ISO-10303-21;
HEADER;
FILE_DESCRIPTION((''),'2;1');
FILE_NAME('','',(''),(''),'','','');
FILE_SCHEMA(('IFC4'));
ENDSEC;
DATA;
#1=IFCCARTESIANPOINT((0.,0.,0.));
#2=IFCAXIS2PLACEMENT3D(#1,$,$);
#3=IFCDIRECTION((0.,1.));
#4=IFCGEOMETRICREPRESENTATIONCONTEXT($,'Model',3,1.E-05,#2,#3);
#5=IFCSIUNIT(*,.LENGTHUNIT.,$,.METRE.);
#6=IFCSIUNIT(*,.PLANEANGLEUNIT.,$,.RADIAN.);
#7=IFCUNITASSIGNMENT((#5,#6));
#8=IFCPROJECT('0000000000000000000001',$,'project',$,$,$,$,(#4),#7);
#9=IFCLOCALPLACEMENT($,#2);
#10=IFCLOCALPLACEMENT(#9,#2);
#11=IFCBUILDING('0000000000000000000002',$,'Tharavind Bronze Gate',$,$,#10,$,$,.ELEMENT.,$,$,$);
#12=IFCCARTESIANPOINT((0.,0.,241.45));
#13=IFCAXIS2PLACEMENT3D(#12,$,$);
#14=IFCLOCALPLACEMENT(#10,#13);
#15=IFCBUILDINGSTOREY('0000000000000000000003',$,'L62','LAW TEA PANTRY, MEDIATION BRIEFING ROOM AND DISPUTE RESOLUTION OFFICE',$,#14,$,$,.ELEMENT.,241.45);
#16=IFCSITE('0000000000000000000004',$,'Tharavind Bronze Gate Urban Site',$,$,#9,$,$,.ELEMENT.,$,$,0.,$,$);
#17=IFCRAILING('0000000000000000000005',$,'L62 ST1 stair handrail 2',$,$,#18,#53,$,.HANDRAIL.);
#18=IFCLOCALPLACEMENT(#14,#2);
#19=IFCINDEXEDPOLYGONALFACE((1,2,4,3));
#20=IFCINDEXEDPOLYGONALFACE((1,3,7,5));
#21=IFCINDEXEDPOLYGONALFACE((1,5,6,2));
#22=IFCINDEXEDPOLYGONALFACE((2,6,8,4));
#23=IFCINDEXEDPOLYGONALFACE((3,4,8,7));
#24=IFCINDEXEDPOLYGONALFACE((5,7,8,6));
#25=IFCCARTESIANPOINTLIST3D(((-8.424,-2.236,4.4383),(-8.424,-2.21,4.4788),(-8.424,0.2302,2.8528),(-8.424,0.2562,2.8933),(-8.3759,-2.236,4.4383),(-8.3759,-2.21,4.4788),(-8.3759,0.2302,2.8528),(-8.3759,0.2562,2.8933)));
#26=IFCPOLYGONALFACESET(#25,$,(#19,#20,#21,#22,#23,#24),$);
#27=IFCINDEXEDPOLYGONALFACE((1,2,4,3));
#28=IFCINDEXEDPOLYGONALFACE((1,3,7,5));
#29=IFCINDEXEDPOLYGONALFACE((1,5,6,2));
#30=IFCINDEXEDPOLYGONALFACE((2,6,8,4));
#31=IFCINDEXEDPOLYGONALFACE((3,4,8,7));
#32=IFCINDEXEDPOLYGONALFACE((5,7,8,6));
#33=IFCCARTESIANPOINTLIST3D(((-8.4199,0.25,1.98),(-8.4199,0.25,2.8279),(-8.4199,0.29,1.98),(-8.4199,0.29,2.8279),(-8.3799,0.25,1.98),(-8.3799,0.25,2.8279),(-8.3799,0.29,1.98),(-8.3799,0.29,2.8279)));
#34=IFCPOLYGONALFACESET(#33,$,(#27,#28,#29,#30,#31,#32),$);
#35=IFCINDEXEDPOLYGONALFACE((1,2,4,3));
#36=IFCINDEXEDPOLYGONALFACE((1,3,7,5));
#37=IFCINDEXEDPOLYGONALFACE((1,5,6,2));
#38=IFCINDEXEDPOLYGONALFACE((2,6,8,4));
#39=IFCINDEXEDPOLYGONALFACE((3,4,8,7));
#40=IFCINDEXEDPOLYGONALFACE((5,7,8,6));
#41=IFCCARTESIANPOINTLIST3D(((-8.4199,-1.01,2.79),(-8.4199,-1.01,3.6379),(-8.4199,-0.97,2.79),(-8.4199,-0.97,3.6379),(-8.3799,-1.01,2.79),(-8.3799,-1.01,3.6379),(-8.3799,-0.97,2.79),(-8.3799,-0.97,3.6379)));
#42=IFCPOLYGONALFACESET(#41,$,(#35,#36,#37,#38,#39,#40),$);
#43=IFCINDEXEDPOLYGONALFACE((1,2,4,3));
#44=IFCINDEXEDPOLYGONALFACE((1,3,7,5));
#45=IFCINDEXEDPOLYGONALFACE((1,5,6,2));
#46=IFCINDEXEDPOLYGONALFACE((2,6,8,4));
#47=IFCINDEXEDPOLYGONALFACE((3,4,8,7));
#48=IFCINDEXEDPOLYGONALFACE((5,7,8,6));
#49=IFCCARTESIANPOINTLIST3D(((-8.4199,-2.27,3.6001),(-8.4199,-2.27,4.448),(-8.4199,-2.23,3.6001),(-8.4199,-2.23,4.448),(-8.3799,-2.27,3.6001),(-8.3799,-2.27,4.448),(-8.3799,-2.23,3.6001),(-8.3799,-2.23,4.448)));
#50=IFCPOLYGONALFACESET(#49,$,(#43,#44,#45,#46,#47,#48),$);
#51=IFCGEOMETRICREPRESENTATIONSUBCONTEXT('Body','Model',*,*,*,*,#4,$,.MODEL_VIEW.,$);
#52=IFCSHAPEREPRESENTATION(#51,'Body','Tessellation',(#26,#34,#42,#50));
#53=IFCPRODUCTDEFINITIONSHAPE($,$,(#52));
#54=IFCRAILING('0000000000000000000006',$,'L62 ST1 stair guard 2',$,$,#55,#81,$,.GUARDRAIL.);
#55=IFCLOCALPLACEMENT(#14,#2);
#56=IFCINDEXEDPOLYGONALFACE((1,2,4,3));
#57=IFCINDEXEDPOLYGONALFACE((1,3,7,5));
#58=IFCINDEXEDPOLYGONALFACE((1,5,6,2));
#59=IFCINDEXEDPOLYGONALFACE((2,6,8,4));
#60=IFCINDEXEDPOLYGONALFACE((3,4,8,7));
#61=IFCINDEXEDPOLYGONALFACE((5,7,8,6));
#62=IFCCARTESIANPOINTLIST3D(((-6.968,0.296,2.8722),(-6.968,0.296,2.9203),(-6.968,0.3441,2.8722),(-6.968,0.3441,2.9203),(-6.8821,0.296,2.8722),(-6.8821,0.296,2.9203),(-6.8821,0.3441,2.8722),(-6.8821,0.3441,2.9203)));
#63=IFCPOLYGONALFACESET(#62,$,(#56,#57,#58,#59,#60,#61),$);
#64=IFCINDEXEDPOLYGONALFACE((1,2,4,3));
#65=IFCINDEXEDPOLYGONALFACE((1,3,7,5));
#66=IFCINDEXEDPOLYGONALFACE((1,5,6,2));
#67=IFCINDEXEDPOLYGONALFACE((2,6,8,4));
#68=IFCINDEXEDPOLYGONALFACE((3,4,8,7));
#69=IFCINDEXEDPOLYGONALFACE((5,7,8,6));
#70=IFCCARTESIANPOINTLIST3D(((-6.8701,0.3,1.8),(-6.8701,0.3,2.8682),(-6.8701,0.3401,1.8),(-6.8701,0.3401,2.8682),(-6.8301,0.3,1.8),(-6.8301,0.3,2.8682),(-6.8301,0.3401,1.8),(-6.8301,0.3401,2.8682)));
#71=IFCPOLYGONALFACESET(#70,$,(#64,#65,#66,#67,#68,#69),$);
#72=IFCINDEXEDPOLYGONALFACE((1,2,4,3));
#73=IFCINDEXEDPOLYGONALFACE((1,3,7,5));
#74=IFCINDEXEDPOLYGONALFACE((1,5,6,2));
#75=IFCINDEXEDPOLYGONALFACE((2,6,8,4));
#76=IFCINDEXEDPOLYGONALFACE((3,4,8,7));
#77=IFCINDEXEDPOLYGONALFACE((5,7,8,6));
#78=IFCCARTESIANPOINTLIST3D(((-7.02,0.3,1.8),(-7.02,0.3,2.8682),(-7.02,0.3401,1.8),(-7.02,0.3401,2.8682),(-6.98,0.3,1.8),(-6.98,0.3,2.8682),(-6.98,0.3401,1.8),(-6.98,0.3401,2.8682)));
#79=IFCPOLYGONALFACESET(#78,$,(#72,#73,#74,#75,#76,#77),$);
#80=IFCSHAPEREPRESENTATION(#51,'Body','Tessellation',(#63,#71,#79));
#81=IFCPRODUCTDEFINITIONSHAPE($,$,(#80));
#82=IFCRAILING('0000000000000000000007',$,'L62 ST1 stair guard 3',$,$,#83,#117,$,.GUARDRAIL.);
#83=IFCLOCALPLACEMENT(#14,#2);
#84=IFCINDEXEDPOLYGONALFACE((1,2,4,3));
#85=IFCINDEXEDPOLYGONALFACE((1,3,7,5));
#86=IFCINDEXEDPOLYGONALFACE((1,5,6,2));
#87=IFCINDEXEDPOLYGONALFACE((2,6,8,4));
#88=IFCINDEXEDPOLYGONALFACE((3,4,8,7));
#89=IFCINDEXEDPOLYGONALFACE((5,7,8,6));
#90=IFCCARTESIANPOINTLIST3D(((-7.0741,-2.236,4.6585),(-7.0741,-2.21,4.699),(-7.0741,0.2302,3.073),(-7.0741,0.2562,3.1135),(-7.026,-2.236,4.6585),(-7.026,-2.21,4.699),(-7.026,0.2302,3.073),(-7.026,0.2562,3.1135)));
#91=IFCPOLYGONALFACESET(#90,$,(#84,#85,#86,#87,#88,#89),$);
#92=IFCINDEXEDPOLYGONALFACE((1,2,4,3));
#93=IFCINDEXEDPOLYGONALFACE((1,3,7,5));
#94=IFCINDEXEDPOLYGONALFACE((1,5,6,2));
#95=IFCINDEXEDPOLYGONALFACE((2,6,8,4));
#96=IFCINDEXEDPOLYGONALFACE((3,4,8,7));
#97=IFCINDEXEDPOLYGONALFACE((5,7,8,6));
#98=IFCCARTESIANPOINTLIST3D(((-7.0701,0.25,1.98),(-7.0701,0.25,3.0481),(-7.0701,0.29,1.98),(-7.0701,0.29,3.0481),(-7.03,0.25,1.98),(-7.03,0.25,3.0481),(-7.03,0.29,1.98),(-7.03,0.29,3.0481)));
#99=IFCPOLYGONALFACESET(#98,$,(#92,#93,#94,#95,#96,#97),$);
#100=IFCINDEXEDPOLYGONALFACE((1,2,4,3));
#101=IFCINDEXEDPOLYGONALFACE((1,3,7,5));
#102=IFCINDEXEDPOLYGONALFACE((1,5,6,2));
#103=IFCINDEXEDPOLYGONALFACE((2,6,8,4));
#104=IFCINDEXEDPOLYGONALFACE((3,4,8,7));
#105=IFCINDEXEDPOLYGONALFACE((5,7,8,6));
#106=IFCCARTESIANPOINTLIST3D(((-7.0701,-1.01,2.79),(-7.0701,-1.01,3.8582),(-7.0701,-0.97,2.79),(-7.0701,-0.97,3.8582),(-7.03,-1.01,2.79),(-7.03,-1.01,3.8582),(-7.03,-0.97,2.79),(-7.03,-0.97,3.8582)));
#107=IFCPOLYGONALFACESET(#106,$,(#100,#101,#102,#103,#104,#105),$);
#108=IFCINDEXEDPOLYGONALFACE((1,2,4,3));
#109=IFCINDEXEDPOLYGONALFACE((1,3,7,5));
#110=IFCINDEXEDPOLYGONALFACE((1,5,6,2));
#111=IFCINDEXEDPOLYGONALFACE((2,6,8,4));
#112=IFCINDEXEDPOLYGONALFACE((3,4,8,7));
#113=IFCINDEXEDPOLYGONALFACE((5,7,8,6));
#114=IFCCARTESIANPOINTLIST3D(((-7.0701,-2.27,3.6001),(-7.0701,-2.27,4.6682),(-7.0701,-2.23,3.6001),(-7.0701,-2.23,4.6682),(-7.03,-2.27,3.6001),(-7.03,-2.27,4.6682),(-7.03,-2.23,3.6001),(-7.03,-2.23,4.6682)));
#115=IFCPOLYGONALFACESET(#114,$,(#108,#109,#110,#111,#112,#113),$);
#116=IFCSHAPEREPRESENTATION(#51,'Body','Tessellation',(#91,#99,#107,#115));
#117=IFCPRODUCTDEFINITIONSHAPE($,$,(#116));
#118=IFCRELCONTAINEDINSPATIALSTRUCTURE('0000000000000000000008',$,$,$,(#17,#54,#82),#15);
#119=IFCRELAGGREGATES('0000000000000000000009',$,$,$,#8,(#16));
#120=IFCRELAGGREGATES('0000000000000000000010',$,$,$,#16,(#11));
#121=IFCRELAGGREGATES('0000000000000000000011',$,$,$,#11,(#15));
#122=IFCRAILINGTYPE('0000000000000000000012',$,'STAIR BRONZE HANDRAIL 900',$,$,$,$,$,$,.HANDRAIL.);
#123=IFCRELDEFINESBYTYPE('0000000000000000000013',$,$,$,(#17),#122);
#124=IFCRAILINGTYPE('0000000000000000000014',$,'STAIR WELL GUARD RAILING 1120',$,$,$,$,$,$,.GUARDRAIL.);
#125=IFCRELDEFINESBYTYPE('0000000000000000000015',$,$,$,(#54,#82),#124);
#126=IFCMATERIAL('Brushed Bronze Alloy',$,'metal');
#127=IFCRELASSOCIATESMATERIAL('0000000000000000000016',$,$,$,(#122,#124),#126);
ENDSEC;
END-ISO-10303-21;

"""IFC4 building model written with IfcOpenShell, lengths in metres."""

from ifc_helpers import new_model, si_unit, direction, frame, origin, origin_2d, place, context, subcontext, project, spatial, rectangle, extrude, material, type_object, element, save


model = new_model("IFC4")

# Units and contexts
model_context = context("Model", 3, precision=1e-05, world=origin(), true_north=direction((0.0, 1.0)))
body_context = subcontext(model_context, "Body", "Model", "MODEL_VIEW")
ifc_project = project(units=[si_unit("LENGTHUNIT", "METRE"), si_unit("PLANEANGLEUNIT", "RADIAN")], contexts=[model_context])

# Site, building, storey
site_placement = place(None, origin())
site = spatial("IfcSite", under=ifc_project, at=site_placement, Name="Tharavind Bronze Gate Urban Site", CompositionType="ELEMENT", RefElevation=0.0)
building_placement = place(site_placement, origin())
building = spatial("IfcBuilding", under=site, at=building_placement, Name="Tharavind Bronze Gate", CompositionType="ELEMENT")
storey_placement = place(building_placement, frame((0.0, 0.0, 241.45)))
storey = spatial("IfcBuildingStorey", under=building, at=storey_placement, Name="L62", Description="LAW TEA PANTRY, MEDIATION BRIEFING ROOM AND DISPUTE RESOLUTION OFFICE", CompositionType="ELEMENT", Elevation=241.45)

# Railings
ifc_material_1 = material(Name="Brushed Bronze Alloy", Category="metal")
railing_type_1 = type_object("IfcRailingType", Name="STAIR BRONZE HANDRAIL 900", PredefinedType="HANDRAIL", material=ifc_material_1)
railing_1_placement = place(storey_placement, frame((-8.3999, 0.27, 1.98)))
element("IfcRailing", 1, at=railing_1_placement, inside=storey, type_object=railing_type_1, Name="L62 ST1 stair handrail 2", PredefinedType="HANDRAIL", context=body_context, shape_type="SweptSolid", body=[
    extrude(rectangle(XDim=0.0481, YDim=0.0481, at=origin_2d()), frame((0.0, -0.0269, 0.8931), z_axis=(0.0, -0.841163, 0.540782), x_axis=(1.0, 0.0, 0.0)), (0.0, 0.0, 1.0), 2.9319),
    extrude(rectangle(XDim=0.04, YDim=0.04, at=origin_2d()), origin(), (0.0, 0.0, 1.0), 0.8479),
    extrude(rectangle(XDim=0.04, YDim=0.04, at=origin_2d()), frame((0.0, -1.26, 0.8101)), (0.0, 0.0, 1.0), 0.8479),
    extrude(rectangle(XDim=0.04, YDim=0.04, at=origin_2d()), frame((0.0, -2.52, 1.6201)), (0.0, 0.0, 1.0), 0.8479),
])
railing_type_2 = type_object("IfcRailingType", Name="STAIR WELL GUARD RAILING 1120", PredefinedType="GUARDRAIL", material=ifc_material_1)
railing_2_placement = place(storey_placement, frame((-6.8501, 0.3201, 1.8)))
element("IfcRailing", 2, at=railing_2_placement, inside=storey, type_object=railing_type_2, Name="L62 ST1 stair guard 2", PredefinedType="GUARDRAIL", context=body_context, shape_type="SweptSolid", body=[
    extrude(rectangle(XDim=0.0481, YDim=0.0481, at=origin_2d()), frame((-0.032, 0.0, 1.0962), z_axis=(-1.0, 0.0, 0.0), x_axis=(0.0, -1.0, 0.0)), (0.0, 0.0, 1.0), 0.0859),
    extrude(rectangle(XDim=0.04, YDim=0.04, at=origin_2d()), origin(), (0.0, 0.0, 1.0), 1.0681),
    extrude(rectangle(XDim=0.04, YDim=0.04, at=origin_2d()), frame((-0.1499, 0.0, 0.0)), (0.0, 0.0, 1.0), 1.0681),
])
railing_3_placement = place(storey_placement, frame((-7.05, 0.27, 1.98)))
element("IfcRailing", 3, at=railing_3_placement, inside=storey, type_object=railing_type_2, Name="L62 ST1 stair guard 3", PredefinedType="GUARDRAIL", context=body_context, shape_type="SweptSolid", body=[
    extrude(rectangle(XDim=0.0481, YDim=0.0481, at=origin_2d()), frame((0.0, -0.0269, 1.1133), z_axis=(0.0, -0.841163, 0.540782), x_axis=(1.0, 0.0, 0.0)), (0.0, 0.0, 1.0), 2.9319),
    extrude(rectangle(XDim=0.04, YDim=0.04, at=origin_2d()), origin(), (0.0, 0.0, 1.0), 1.0681),
    extrude(rectangle(XDim=0.04, YDim=0.04, at=origin_2d()), frame((0.0, -1.26, 0.8101)), (0.0, 0.0, 1.0), 1.0681),
    extrude(rectangle(XDim=0.04, YDim=0.04, at=origin_2d()), frame((0.0, -2.52, 1.6201)), (0.0, 0.0, 1.0), 1.0681),
])

save(model, "model.ifc")
